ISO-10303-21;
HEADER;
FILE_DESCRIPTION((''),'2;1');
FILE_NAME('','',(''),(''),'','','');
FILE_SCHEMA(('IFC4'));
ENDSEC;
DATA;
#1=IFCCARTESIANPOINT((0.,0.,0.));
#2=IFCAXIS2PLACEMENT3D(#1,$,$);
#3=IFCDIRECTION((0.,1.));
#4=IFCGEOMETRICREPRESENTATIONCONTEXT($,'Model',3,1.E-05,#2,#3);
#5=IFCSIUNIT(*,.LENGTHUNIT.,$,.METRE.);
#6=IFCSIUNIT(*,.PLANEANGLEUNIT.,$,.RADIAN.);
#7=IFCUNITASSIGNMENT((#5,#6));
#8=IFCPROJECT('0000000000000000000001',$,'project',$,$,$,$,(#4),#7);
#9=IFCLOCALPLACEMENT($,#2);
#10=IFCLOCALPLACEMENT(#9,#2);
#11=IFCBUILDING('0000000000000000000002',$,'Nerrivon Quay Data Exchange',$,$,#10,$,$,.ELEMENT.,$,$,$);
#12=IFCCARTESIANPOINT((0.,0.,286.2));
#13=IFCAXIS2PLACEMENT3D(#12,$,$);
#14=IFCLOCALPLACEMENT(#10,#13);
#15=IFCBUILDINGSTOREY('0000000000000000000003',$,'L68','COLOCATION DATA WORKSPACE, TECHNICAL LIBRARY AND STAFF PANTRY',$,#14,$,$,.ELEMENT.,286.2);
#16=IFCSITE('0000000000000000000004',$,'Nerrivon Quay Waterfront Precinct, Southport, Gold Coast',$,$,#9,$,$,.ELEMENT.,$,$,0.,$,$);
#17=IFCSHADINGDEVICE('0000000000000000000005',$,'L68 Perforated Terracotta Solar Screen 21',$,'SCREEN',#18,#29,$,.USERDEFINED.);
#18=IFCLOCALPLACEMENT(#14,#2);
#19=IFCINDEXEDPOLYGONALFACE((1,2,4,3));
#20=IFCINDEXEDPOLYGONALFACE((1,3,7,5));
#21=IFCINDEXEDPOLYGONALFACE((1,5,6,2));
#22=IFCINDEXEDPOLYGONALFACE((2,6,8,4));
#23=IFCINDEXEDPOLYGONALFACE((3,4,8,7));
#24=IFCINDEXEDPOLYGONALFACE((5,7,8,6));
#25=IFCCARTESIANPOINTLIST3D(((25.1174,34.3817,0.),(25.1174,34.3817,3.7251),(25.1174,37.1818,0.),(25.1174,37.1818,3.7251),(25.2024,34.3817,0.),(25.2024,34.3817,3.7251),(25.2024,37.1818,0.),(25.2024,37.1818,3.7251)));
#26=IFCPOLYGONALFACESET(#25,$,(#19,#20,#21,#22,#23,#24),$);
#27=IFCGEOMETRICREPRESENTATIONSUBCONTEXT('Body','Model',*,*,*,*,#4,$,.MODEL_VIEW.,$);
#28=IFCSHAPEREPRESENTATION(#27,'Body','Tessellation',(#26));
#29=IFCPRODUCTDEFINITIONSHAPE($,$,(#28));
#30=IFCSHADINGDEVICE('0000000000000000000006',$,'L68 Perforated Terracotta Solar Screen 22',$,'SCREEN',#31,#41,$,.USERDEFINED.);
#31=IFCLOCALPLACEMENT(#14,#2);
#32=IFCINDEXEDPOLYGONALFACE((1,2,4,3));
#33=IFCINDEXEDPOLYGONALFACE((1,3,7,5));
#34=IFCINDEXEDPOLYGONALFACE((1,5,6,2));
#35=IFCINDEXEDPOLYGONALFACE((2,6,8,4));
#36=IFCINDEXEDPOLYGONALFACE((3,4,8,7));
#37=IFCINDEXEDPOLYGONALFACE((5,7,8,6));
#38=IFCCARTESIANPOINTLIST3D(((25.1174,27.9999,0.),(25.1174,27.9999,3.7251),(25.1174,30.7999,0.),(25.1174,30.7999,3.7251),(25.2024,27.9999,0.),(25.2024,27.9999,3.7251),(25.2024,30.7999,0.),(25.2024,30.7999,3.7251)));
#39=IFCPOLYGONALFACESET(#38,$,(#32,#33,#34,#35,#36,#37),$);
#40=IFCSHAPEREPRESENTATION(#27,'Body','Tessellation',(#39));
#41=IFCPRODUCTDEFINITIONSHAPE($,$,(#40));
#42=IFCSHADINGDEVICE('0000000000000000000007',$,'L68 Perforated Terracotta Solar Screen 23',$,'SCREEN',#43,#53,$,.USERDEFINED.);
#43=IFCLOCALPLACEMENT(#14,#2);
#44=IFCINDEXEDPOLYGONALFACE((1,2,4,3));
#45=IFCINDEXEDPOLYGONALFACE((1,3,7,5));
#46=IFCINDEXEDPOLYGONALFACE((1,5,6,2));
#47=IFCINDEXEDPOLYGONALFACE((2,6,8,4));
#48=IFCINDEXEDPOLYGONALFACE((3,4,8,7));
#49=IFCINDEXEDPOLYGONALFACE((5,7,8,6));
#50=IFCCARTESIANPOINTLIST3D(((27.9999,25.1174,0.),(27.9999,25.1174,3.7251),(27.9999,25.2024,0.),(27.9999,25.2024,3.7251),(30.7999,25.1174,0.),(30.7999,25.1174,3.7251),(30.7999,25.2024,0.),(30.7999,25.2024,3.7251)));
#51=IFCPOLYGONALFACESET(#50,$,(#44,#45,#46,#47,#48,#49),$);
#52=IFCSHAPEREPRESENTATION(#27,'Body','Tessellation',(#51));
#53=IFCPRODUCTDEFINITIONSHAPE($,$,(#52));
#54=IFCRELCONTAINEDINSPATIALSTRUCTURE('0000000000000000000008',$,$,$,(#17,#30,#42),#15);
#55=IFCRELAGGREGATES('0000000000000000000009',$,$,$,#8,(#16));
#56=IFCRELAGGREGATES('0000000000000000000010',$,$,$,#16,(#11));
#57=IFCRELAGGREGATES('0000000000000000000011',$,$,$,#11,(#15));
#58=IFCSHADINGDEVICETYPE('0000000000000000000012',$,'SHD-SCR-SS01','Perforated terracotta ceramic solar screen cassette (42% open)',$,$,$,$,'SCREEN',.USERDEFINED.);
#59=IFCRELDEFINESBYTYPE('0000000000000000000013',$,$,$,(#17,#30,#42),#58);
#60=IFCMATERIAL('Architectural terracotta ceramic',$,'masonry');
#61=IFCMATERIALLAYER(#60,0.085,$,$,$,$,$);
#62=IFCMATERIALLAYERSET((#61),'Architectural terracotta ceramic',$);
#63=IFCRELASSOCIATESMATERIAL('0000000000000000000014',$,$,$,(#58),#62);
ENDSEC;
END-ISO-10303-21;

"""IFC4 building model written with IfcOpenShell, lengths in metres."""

from ifc_helpers import new_model, si_unit, direction, frame, origin, origin_2d, place, context, subcontext, project, spatial, rectangle, extrude, material, layer, layer_set, type_object, element, save


model = new_model("IFC4")

# Units and contexts
model_context = context("Model", 3, precision=1e-05, world=origin(), true_north=direction((0.0, 1.0)))
body_context = subcontext(model_context, "Body", "Model", "MODEL_VIEW")
ifc_project = project(units=[si_unit("LENGTHUNIT", "METRE"), si_unit("PLANEANGLEUNIT", "RADIAN")], contexts=[model_context])

# Site, building, storey
site_placement = place(None, origin())
site = spatial("IfcSite", under=ifc_project, at=site_placement, Name="Nerrivon Quay Waterfront Precinct, Southport, Gold Coast", CompositionType="ELEMENT", RefElevation=0.0)
building_placement = place(site_placement, origin())
building = spatial("IfcBuilding", under=site, at=building_placement, Name="Nerrivon Quay Data Exchange", CompositionType="ELEMENT")
storey_placement = place(building_placement, frame((0.0, 0.0, 286.2)))
storey = spatial("IfcBuildingStorey", under=building, at=storey_placement, Name="L68", Description="COLOCATION DATA WORKSPACE, TECHNICAL LIBRARY AND STAFF PANTRY", CompositionType="ELEMENT", Elevation=286.2)

# Shared definitions
ifc_material_1 = material(Name="Architectural terracotta ceramic", Category="masonry")

# Shading devices
ifc_layer_1 = layer(ifc_material_1, 0.085)
ifc_layer_set_1 = layer_set([ifc_layer_1], Name="Architectural terracotta ceramic")
shading_device_type_1 = type_object("IfcShadingDeviceType", Name="SHD-SCR-SS01", Description="Perforated terracotta ceramic solar screen cassette (42% open)", ElementType="SCREEN", PredefinedType="USERDEFINED", material=ifc_layer_set_1)
for number, where, z_axis, x_axis, name in (
    (1, (25.1599, 35.7817, 0.0), (0.0, 0.0, 1.0), (0.0, -1.0, 0.0), "L68 Perforated Terracotta Solar Screen 21"),
    (2, (25.1599, 29.3999, 0.0), (0.0, 0.0, 1.0), (0.0, -1.0, 0.0), "L68 Perforated Terracotta Solar Screen 22"),
    (3, (29.3999, 25.1599, 0.0), (0.0, 0.0, 1.0), (1.0, 0.0, 0.0), "L68 Perforated Terracotta Solar Screen 23"),
):
    element("IfcShadingDevice", number, at=place(storey_placement, frame(where, z_axis=z_axis, x_axis=x_axis)), inside=storey, type_object=shading_device_type_1, Name=name, ObjectType="SCREEN", PredefinedType="USERDEFINED", context=body_context, shape_type="SweptSolid", body=[
        extrude(rectangle(XDim=2.8, YDim=0.085, at=origin_2d()), origin(), (0.0, 0.0, 1.0), 3.7251),
    ])

save(model, "model.ifc")
